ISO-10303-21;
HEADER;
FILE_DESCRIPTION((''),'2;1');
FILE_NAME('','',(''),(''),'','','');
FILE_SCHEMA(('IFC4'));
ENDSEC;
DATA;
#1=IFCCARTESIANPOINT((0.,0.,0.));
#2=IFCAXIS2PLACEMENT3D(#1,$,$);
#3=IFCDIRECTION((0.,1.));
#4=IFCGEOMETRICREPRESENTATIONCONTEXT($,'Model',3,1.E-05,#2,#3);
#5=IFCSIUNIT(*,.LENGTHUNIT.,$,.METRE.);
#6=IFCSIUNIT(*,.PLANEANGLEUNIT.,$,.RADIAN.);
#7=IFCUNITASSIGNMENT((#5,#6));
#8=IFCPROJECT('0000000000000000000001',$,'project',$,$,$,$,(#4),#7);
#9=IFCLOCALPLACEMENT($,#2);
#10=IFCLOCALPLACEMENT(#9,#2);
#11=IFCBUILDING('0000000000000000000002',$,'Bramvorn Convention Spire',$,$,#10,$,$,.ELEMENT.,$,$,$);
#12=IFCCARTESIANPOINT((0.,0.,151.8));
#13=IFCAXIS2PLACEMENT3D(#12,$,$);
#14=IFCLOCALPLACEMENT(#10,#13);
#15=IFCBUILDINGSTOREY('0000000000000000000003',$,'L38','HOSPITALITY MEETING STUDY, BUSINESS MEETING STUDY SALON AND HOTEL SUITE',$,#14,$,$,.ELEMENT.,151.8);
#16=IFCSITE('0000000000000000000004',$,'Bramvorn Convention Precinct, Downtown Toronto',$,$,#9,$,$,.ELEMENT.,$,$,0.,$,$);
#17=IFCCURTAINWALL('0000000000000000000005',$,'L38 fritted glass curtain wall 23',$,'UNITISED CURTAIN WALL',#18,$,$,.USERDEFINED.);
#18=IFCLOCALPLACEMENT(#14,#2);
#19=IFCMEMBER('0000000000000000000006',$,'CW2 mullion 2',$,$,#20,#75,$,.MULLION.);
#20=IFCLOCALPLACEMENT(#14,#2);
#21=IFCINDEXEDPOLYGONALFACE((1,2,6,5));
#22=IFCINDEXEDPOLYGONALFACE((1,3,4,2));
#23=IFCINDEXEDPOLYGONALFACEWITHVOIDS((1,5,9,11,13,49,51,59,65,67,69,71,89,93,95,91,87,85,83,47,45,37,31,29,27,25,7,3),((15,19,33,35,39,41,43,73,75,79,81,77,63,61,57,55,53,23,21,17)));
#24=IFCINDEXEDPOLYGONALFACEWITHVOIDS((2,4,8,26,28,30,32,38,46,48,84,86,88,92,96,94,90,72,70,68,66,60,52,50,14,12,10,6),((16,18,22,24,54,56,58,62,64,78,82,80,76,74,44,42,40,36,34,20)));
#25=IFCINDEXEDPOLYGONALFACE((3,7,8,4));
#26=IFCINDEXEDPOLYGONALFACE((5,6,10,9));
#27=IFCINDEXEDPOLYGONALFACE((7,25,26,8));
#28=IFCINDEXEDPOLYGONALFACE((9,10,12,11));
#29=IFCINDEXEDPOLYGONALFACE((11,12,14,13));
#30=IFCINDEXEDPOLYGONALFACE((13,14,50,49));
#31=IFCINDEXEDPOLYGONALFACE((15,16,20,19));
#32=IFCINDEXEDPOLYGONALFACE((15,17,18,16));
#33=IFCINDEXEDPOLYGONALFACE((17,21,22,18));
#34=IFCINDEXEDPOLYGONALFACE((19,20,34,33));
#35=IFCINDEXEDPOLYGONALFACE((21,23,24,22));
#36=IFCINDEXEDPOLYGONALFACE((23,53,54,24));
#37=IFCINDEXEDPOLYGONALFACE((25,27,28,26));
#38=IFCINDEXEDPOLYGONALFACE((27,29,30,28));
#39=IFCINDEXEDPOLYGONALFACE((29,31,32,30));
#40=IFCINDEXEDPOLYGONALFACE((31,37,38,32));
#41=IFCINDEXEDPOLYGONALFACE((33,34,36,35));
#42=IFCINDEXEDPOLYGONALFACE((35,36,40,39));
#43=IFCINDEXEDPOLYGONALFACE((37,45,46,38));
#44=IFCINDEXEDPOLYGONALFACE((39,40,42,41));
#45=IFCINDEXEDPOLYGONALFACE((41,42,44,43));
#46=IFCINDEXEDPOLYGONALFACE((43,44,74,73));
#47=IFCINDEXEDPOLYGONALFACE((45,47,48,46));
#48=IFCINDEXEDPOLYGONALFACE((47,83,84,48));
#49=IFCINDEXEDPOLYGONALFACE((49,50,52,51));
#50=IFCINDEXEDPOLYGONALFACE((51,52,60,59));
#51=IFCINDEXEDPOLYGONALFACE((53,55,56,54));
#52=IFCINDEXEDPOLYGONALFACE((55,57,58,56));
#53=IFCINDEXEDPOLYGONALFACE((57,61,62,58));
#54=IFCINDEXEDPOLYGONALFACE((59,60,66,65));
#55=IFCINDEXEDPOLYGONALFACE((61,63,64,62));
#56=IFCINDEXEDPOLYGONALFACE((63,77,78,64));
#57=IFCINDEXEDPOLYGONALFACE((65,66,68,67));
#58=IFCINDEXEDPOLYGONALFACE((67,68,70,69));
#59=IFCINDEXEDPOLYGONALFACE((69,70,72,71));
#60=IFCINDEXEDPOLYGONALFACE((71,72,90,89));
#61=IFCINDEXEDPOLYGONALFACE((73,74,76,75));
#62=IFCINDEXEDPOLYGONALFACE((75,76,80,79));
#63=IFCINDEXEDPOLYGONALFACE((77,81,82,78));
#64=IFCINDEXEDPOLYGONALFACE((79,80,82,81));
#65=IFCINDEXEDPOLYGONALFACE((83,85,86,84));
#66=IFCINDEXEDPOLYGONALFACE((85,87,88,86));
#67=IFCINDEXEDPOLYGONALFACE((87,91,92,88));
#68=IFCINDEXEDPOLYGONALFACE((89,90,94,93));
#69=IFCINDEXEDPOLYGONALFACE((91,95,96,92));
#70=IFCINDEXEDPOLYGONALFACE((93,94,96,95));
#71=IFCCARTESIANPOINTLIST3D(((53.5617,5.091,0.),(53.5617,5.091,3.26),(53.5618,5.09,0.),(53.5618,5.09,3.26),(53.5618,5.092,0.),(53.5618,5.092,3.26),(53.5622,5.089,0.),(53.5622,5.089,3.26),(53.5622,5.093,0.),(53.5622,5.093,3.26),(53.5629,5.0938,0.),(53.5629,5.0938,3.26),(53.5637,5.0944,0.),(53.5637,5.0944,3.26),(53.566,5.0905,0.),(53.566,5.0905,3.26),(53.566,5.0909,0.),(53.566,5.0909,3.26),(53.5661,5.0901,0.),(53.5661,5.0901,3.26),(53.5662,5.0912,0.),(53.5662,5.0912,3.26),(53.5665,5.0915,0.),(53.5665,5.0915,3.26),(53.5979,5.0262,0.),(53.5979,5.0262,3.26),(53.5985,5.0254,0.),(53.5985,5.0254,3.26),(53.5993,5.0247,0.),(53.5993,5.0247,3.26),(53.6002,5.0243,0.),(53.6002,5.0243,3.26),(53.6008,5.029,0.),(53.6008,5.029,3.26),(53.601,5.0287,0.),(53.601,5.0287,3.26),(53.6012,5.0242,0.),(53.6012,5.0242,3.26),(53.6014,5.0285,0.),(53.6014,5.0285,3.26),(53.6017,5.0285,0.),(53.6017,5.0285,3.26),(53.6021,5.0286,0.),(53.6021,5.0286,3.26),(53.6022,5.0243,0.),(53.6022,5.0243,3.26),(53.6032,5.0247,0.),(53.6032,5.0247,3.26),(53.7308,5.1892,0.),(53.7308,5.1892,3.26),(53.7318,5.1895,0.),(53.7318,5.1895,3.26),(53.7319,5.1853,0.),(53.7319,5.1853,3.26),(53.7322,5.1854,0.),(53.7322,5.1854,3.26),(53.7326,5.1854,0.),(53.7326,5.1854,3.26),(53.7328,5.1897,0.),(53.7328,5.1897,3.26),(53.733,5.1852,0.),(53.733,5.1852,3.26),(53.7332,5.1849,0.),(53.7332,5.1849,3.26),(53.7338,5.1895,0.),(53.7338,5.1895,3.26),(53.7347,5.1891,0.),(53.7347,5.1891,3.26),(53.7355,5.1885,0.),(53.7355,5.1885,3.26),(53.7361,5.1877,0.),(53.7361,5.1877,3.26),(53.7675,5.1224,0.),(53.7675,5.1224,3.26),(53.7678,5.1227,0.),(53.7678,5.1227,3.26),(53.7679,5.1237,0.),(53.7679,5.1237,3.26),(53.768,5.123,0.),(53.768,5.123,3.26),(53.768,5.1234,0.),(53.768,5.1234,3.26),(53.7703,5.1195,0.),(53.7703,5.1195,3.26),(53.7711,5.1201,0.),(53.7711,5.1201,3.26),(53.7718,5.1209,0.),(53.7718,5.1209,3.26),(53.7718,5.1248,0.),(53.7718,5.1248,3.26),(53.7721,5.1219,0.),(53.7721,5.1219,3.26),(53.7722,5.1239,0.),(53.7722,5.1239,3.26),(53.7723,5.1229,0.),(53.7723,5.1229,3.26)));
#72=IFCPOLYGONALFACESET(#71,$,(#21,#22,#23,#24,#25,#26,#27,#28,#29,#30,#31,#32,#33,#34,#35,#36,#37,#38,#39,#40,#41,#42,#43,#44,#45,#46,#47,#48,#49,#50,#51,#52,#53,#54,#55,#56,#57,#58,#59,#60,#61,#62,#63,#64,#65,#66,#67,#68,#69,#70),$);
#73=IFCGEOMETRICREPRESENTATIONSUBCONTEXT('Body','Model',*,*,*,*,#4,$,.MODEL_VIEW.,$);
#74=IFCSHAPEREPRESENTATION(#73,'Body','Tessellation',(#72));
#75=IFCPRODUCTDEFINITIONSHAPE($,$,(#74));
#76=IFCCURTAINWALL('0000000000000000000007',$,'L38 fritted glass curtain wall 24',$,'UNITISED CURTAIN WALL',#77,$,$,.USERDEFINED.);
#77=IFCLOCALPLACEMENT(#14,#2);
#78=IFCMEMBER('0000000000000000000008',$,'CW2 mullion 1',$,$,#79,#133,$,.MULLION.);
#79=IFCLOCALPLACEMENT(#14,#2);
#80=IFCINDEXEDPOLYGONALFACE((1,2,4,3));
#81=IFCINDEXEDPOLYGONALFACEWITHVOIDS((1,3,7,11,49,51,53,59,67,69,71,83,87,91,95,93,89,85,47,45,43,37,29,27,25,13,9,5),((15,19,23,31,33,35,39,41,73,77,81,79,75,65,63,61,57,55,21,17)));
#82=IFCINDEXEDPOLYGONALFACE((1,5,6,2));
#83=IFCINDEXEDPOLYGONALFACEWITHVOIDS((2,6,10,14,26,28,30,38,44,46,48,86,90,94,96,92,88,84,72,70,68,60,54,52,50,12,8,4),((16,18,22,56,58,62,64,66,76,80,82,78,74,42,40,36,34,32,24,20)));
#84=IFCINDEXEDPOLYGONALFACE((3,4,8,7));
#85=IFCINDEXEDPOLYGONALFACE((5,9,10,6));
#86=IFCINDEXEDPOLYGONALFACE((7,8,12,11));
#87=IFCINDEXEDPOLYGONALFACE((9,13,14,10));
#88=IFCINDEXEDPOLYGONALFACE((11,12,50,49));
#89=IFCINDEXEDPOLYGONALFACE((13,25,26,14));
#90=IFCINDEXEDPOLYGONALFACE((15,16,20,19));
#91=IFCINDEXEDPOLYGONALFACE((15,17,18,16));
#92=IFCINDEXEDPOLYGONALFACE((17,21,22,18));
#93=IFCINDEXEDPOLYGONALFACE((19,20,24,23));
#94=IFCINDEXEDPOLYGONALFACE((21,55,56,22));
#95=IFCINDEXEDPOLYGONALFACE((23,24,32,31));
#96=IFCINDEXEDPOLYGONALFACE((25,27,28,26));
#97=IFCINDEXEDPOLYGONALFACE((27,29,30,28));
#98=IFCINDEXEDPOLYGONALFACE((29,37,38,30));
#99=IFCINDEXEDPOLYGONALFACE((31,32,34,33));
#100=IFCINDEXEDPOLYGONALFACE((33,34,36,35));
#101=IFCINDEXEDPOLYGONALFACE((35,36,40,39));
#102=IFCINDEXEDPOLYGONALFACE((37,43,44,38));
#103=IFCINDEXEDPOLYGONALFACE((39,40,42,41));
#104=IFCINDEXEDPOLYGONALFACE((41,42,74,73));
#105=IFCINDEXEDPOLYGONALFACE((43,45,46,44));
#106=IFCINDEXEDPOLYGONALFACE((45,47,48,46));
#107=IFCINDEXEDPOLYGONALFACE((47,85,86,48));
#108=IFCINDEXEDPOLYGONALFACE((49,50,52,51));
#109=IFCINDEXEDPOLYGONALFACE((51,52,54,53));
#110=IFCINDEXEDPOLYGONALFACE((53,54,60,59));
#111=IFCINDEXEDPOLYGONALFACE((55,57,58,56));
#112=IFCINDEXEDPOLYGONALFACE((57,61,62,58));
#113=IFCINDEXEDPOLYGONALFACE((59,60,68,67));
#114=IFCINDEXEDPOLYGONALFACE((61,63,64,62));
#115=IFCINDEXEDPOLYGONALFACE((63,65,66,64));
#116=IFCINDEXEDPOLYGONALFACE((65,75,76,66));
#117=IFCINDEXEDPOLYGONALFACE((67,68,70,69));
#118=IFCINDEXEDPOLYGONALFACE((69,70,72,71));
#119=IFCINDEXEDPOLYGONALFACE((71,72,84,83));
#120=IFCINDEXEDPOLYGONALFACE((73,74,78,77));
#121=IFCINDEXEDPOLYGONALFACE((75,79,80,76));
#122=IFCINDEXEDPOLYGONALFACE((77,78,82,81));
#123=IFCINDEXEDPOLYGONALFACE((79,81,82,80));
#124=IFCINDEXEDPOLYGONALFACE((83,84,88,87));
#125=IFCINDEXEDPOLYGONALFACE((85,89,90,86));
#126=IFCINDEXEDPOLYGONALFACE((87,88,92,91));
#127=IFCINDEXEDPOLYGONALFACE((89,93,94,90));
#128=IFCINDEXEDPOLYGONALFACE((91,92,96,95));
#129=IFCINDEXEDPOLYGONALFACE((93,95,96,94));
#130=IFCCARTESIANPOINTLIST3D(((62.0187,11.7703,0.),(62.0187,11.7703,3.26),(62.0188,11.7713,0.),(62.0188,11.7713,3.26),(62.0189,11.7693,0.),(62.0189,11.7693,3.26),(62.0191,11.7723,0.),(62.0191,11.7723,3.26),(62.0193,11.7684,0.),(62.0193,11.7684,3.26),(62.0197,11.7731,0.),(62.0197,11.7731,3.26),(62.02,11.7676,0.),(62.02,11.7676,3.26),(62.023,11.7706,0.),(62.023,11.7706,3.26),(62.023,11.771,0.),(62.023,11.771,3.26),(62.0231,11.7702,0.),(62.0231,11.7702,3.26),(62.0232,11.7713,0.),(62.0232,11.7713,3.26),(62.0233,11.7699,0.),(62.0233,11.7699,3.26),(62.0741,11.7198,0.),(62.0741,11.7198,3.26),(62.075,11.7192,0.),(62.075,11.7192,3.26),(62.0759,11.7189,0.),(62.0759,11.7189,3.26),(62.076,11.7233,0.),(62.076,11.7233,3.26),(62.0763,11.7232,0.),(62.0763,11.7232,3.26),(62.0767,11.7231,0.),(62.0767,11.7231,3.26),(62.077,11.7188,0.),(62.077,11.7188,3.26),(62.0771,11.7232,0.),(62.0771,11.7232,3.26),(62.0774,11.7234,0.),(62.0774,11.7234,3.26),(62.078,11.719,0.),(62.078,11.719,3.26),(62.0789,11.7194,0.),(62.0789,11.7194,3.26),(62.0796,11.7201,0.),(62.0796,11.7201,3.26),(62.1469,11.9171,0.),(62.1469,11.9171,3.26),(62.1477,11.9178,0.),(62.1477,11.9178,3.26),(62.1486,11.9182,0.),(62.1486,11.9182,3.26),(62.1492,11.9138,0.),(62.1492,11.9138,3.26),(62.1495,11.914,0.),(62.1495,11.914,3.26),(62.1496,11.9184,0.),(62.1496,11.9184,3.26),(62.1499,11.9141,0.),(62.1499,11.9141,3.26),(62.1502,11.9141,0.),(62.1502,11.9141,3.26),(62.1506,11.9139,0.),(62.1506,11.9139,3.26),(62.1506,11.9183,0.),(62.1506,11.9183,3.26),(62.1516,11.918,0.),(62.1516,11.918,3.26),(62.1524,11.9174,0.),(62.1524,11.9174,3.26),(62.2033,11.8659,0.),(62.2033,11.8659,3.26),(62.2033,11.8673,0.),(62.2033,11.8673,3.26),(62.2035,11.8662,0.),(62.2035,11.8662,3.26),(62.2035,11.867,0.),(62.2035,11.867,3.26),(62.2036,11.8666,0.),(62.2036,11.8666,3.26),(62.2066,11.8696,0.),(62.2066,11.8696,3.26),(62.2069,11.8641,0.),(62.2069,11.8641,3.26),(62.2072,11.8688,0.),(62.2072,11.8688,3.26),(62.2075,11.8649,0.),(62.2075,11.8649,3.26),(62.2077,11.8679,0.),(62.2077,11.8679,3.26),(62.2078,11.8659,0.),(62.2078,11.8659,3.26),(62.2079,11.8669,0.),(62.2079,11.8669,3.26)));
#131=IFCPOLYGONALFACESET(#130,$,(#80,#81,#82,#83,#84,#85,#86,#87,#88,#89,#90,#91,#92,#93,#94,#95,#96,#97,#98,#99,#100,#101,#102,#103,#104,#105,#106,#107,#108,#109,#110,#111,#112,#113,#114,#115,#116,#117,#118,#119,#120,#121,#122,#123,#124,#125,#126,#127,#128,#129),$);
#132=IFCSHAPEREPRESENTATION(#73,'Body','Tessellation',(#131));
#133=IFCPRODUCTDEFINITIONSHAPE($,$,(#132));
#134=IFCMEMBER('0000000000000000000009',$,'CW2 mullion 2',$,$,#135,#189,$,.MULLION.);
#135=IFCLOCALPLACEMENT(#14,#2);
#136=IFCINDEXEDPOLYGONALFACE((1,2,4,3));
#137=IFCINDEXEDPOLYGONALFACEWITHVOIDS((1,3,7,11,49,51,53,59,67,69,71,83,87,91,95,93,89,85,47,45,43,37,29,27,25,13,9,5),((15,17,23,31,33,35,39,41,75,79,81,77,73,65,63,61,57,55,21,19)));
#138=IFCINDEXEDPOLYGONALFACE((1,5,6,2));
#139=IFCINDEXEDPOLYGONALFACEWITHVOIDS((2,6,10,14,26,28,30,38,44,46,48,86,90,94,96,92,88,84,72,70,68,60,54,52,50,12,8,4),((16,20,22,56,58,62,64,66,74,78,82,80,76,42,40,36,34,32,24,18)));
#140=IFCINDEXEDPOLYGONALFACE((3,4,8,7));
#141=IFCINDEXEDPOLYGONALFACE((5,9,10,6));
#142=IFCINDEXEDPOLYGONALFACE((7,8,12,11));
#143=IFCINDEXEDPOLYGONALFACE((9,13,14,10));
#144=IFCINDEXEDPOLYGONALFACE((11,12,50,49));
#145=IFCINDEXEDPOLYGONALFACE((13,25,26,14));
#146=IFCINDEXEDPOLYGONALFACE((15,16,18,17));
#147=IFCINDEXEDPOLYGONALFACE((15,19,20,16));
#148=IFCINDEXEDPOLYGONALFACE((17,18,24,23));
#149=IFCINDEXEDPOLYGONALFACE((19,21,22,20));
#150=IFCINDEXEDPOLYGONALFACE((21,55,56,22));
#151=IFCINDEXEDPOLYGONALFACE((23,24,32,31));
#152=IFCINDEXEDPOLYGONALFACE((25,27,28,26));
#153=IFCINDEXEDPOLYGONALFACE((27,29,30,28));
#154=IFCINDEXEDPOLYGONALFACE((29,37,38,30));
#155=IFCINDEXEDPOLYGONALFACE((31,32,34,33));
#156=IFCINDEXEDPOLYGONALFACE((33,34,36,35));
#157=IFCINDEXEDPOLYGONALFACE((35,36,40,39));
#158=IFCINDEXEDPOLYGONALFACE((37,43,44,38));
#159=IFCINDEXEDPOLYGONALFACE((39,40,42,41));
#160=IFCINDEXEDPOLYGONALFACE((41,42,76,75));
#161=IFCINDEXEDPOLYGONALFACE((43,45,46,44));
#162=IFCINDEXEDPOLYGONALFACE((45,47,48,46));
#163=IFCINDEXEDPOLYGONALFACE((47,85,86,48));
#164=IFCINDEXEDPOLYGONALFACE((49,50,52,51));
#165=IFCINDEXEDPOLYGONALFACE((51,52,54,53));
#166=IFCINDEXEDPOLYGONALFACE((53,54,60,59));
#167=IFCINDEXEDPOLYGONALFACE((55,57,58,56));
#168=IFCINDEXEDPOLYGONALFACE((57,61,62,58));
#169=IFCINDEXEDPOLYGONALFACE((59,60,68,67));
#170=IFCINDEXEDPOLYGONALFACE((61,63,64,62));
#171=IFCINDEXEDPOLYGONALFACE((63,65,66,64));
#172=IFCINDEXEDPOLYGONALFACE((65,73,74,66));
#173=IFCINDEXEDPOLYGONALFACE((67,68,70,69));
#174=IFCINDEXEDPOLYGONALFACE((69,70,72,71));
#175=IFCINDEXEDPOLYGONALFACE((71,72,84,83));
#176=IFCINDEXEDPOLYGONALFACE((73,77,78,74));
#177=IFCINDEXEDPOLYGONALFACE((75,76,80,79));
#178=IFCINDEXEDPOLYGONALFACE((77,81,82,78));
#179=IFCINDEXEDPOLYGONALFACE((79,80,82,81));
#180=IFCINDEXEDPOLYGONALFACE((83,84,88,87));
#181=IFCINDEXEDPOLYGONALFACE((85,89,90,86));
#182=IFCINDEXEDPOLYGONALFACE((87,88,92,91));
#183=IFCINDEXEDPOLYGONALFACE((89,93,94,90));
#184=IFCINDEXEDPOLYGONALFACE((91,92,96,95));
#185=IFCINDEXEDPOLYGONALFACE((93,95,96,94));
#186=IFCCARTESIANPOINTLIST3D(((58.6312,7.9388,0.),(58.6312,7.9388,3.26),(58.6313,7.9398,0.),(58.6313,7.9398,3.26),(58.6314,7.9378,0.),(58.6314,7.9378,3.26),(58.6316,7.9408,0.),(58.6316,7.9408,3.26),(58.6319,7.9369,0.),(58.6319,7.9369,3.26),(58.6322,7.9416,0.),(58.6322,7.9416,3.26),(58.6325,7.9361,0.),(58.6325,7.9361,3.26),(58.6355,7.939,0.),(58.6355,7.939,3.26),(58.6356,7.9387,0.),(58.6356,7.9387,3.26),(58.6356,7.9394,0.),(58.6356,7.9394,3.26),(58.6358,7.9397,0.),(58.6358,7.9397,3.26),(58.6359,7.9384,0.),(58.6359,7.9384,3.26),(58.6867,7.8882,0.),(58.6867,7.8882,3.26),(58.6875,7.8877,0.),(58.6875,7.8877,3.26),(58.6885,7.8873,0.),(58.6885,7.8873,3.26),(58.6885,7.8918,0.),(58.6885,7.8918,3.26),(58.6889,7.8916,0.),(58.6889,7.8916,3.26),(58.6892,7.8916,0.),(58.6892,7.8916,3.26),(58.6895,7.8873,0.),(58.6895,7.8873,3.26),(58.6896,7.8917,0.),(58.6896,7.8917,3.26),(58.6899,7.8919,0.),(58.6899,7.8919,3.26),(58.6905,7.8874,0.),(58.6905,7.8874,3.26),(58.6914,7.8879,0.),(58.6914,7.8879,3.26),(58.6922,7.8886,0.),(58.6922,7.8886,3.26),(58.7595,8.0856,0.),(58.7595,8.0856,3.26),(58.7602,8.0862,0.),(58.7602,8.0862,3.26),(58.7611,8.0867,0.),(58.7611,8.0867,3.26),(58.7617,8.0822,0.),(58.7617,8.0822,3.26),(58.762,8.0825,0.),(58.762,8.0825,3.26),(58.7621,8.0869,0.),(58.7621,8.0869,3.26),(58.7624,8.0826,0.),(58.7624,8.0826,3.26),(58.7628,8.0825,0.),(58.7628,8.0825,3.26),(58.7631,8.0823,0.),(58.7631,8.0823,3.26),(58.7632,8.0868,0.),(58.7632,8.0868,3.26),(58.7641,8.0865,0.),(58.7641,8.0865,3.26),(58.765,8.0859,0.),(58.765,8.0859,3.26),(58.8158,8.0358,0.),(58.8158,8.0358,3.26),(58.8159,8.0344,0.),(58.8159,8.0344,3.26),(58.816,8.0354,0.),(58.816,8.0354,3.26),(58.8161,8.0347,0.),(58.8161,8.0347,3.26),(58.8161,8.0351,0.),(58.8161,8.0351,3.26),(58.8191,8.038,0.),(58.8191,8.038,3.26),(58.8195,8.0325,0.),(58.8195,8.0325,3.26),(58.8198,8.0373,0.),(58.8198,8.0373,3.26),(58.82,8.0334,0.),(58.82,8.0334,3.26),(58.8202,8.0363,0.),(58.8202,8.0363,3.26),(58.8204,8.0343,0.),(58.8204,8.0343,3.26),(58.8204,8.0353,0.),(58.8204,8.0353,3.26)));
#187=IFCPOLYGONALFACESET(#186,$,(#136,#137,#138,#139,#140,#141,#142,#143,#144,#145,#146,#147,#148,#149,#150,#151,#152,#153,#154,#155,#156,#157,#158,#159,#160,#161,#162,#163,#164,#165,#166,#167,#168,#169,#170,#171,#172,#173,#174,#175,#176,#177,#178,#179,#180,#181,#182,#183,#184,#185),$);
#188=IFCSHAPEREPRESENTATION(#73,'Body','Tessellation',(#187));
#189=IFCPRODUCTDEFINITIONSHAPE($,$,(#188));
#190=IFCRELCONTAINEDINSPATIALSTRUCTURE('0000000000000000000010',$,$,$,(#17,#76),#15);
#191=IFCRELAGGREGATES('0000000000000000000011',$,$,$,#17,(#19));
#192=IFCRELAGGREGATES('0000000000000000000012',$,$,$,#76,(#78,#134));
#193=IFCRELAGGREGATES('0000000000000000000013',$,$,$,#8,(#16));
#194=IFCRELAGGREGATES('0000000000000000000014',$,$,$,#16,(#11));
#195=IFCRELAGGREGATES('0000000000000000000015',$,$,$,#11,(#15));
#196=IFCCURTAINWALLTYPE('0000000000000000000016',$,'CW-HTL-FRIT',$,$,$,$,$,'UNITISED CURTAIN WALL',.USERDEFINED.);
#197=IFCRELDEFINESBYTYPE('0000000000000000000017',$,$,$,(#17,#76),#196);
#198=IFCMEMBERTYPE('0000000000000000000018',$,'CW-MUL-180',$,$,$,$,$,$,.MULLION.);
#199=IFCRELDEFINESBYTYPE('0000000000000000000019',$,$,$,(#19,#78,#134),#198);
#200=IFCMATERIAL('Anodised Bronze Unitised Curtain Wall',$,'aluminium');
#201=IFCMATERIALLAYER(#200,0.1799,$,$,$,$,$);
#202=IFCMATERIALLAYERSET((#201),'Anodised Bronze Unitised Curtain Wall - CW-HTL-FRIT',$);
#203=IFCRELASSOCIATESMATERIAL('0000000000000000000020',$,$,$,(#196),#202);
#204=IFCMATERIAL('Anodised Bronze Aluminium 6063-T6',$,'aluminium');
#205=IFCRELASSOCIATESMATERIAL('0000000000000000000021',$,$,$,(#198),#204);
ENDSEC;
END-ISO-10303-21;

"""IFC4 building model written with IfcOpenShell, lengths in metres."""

from ifc_helpers import new_model, si_unit, direction, frame, origin, origin_2d, place, context, subcontext, project, spatial, hollow_rectangle, extrude, material, layer, layer_set, material_profile, profile_set, type_object, element, aggregate, save


model = new_model("IFC4")

# Units and contexts
model_context = context("Model", 3, precision=1e-05, world=origin(), true_north=direction((0.0, 1.0)))
body_context = subcontext(model_context, "Body", "Model", "MODEL_VIEW")
ifc_project = project(units=[si_unit("LENGTHUNIT", "METRE"), si_unit("PLANEANGLEUNIT", "RADIAN")], contexts=[model_context])

# Site, building, storey
site_placement = place(None, origin())
site = spatial("IfcSite", under=ifc_project, at=site_placement, Name="Bramvorn Convention Precinct, Downtown Toronto", CompositionType="ELEMENT", RefElevation=0.0)
building_placement = place(site_placement, origin())
building = spatial("IfcBuilding", under=site, at=building_placement, Name="Bramvorn Convention Spire", CompositionType="ELEMENT")
storey_placement = place(building_placement, frame((0.0, 0.0, 151.8)))
storey = spatial("IfcBuildingStorey", under=building, at=storey_placement, Name="L38", Description="HOSPITALITY MEETING STUDY, BUSINESS MEETING STUDY SALON AND HOTEL SUITE", CompositionType="ELEMENT", Elevation=151.8)

# Curtain walls, members
ifc_material_1 = material(Name="Anodised Bronze Unitised Curtain Wall", Category="aluminium")
ifc_layer_1 = layer(ifc_material_1, 0.1799)
ifc_layer_set_1 = layer_set([ifc_layer_1], Name="Anodised Bronze Unitised Curtain Wall - CW-HTL-FRIT")
curtain_wall_type = type_object("IfcCurtainWallType", Name="CW-HTL-FRIT", ElementType="UNITISED CURTAIN WALL", PredefinedType="USERDEFINED", material=ifc_layer_set_1)
curtain_wall_1_placement = place(storey_placement, origin())
curtain_wall_1 = element("IfcCurtainWall", 1, at=curtain_wall_1_placement, inside=storey, type_object=curtain_wall_type, Name="L38 fritted glass curtain wall 23", ObjectType="UNITISED CURTAIN WALL", PredefinedType="USERDEFINED")
ifc_material_2 = material(Name="Anodised Bronze Aluminium 6063-T6", Category="aluminium")
ifc_material_profile_1 = material_profile(ifc_material_2, hollow_rectangle(XDim=0.0801, YDim=0.2, WallThickness=0.0039, InnerFilletRadius=0.001, OuterFilletRadius=0.0039, at=origin_2d()))
ifc_profile_set_1 = profile_set([ifc_material_profile_1], Name="Anodised Bronze Aluminium 6063-T6 - CWM80X200")
member_type_1 = type_object("IfcMemberType", Name="CW-MUL-180", PredefinedType="MULLION", material=ifc_profile_set_1)
member_1_placement = place(storey_placement, frame((53.667, 5.1069, 0.0), z_axis=(0.0, 0.0, 1.0), x_axis=(0.493303, -0.869858, 0.0)))
member_1 = element("IfcMember", 2, at=member_1_placement, type_object=member_type_1, Name="CW2 mullion 2", PredefinedType="MULLION", context=body_context, shape_type="SweptSolid", body=[
    extrude(hollow_rectangle(XDim=0.0801, YDim=0.2, WallThickness=0.0039, InnerFilletRadius=0.001, OuterFilletRadius=0.0039, at=origin_2d()), origin(), (0.0, 0.0, 1.0), 3.26),
])
curtain_wall_2_placement = place(storey_placement, origin())
curtain_wall_2 = element("IfcCurtainWall", 3, at=curtain_wall_2_placement, inside=storey, type_object=curtain_wall_type, Name="L38 fritted glass curtain wall 24", ObjectType="UNITISED CURTAIN WALL", PredefinedType="USERDEFINED")
member_2_placement = place(storey_placement, frame((62.1133, 11.8186, 0.0), z_axis=(0.0, 0.0, 1.0), x_axis=(0.749208, -0.662335, 0.0)))
member_2 = element("IfcMember", 4, at=member_2_placement, type_object=member_type_1, Name="CW2 mullion 1", PredefinedType="MULLION", context=body_context, shape_type="SweptSolid", body=[
    extrude(hollow_rectangle(XDim=0.0801, YDim=0.2, WallThickness=0.0039, InnerFilletRadius=0.001, OuterFilletRadius=0.0039, at=origin_2d()), origin(), (0.0, 0.0, 1.0), 3.26),
])
member_3_placement = place(storey_placement, frame((58.7258, 7.9871, 0.0), z_axis=(0.0, 0.0, 1.0), x_axis=(0.749208, -0.662335, 0.0)))
member_3 = element("IfcMember", 5, at=member_3_placement, type_object=member_type_1, Name="CW2 mullion 2", PredefinedType="MULLION", context=body_context, shape_type="SweptSolid", body=[
    extrude(hollow_rectangle(XDim=0.0801, YDim=0.2, WallThickness=0.0039, InnerFilletRadius=0.001, OuterFilletRadius=0.0039, at=origin_2d()), origin(), (0.0, 0.0, 1.0), 3.26),
])

aggregate(curtain_wall_1, [member_1])
aggregate(curtain_wall_2, [member_2, member_3])

save(model, "model.ifc")
